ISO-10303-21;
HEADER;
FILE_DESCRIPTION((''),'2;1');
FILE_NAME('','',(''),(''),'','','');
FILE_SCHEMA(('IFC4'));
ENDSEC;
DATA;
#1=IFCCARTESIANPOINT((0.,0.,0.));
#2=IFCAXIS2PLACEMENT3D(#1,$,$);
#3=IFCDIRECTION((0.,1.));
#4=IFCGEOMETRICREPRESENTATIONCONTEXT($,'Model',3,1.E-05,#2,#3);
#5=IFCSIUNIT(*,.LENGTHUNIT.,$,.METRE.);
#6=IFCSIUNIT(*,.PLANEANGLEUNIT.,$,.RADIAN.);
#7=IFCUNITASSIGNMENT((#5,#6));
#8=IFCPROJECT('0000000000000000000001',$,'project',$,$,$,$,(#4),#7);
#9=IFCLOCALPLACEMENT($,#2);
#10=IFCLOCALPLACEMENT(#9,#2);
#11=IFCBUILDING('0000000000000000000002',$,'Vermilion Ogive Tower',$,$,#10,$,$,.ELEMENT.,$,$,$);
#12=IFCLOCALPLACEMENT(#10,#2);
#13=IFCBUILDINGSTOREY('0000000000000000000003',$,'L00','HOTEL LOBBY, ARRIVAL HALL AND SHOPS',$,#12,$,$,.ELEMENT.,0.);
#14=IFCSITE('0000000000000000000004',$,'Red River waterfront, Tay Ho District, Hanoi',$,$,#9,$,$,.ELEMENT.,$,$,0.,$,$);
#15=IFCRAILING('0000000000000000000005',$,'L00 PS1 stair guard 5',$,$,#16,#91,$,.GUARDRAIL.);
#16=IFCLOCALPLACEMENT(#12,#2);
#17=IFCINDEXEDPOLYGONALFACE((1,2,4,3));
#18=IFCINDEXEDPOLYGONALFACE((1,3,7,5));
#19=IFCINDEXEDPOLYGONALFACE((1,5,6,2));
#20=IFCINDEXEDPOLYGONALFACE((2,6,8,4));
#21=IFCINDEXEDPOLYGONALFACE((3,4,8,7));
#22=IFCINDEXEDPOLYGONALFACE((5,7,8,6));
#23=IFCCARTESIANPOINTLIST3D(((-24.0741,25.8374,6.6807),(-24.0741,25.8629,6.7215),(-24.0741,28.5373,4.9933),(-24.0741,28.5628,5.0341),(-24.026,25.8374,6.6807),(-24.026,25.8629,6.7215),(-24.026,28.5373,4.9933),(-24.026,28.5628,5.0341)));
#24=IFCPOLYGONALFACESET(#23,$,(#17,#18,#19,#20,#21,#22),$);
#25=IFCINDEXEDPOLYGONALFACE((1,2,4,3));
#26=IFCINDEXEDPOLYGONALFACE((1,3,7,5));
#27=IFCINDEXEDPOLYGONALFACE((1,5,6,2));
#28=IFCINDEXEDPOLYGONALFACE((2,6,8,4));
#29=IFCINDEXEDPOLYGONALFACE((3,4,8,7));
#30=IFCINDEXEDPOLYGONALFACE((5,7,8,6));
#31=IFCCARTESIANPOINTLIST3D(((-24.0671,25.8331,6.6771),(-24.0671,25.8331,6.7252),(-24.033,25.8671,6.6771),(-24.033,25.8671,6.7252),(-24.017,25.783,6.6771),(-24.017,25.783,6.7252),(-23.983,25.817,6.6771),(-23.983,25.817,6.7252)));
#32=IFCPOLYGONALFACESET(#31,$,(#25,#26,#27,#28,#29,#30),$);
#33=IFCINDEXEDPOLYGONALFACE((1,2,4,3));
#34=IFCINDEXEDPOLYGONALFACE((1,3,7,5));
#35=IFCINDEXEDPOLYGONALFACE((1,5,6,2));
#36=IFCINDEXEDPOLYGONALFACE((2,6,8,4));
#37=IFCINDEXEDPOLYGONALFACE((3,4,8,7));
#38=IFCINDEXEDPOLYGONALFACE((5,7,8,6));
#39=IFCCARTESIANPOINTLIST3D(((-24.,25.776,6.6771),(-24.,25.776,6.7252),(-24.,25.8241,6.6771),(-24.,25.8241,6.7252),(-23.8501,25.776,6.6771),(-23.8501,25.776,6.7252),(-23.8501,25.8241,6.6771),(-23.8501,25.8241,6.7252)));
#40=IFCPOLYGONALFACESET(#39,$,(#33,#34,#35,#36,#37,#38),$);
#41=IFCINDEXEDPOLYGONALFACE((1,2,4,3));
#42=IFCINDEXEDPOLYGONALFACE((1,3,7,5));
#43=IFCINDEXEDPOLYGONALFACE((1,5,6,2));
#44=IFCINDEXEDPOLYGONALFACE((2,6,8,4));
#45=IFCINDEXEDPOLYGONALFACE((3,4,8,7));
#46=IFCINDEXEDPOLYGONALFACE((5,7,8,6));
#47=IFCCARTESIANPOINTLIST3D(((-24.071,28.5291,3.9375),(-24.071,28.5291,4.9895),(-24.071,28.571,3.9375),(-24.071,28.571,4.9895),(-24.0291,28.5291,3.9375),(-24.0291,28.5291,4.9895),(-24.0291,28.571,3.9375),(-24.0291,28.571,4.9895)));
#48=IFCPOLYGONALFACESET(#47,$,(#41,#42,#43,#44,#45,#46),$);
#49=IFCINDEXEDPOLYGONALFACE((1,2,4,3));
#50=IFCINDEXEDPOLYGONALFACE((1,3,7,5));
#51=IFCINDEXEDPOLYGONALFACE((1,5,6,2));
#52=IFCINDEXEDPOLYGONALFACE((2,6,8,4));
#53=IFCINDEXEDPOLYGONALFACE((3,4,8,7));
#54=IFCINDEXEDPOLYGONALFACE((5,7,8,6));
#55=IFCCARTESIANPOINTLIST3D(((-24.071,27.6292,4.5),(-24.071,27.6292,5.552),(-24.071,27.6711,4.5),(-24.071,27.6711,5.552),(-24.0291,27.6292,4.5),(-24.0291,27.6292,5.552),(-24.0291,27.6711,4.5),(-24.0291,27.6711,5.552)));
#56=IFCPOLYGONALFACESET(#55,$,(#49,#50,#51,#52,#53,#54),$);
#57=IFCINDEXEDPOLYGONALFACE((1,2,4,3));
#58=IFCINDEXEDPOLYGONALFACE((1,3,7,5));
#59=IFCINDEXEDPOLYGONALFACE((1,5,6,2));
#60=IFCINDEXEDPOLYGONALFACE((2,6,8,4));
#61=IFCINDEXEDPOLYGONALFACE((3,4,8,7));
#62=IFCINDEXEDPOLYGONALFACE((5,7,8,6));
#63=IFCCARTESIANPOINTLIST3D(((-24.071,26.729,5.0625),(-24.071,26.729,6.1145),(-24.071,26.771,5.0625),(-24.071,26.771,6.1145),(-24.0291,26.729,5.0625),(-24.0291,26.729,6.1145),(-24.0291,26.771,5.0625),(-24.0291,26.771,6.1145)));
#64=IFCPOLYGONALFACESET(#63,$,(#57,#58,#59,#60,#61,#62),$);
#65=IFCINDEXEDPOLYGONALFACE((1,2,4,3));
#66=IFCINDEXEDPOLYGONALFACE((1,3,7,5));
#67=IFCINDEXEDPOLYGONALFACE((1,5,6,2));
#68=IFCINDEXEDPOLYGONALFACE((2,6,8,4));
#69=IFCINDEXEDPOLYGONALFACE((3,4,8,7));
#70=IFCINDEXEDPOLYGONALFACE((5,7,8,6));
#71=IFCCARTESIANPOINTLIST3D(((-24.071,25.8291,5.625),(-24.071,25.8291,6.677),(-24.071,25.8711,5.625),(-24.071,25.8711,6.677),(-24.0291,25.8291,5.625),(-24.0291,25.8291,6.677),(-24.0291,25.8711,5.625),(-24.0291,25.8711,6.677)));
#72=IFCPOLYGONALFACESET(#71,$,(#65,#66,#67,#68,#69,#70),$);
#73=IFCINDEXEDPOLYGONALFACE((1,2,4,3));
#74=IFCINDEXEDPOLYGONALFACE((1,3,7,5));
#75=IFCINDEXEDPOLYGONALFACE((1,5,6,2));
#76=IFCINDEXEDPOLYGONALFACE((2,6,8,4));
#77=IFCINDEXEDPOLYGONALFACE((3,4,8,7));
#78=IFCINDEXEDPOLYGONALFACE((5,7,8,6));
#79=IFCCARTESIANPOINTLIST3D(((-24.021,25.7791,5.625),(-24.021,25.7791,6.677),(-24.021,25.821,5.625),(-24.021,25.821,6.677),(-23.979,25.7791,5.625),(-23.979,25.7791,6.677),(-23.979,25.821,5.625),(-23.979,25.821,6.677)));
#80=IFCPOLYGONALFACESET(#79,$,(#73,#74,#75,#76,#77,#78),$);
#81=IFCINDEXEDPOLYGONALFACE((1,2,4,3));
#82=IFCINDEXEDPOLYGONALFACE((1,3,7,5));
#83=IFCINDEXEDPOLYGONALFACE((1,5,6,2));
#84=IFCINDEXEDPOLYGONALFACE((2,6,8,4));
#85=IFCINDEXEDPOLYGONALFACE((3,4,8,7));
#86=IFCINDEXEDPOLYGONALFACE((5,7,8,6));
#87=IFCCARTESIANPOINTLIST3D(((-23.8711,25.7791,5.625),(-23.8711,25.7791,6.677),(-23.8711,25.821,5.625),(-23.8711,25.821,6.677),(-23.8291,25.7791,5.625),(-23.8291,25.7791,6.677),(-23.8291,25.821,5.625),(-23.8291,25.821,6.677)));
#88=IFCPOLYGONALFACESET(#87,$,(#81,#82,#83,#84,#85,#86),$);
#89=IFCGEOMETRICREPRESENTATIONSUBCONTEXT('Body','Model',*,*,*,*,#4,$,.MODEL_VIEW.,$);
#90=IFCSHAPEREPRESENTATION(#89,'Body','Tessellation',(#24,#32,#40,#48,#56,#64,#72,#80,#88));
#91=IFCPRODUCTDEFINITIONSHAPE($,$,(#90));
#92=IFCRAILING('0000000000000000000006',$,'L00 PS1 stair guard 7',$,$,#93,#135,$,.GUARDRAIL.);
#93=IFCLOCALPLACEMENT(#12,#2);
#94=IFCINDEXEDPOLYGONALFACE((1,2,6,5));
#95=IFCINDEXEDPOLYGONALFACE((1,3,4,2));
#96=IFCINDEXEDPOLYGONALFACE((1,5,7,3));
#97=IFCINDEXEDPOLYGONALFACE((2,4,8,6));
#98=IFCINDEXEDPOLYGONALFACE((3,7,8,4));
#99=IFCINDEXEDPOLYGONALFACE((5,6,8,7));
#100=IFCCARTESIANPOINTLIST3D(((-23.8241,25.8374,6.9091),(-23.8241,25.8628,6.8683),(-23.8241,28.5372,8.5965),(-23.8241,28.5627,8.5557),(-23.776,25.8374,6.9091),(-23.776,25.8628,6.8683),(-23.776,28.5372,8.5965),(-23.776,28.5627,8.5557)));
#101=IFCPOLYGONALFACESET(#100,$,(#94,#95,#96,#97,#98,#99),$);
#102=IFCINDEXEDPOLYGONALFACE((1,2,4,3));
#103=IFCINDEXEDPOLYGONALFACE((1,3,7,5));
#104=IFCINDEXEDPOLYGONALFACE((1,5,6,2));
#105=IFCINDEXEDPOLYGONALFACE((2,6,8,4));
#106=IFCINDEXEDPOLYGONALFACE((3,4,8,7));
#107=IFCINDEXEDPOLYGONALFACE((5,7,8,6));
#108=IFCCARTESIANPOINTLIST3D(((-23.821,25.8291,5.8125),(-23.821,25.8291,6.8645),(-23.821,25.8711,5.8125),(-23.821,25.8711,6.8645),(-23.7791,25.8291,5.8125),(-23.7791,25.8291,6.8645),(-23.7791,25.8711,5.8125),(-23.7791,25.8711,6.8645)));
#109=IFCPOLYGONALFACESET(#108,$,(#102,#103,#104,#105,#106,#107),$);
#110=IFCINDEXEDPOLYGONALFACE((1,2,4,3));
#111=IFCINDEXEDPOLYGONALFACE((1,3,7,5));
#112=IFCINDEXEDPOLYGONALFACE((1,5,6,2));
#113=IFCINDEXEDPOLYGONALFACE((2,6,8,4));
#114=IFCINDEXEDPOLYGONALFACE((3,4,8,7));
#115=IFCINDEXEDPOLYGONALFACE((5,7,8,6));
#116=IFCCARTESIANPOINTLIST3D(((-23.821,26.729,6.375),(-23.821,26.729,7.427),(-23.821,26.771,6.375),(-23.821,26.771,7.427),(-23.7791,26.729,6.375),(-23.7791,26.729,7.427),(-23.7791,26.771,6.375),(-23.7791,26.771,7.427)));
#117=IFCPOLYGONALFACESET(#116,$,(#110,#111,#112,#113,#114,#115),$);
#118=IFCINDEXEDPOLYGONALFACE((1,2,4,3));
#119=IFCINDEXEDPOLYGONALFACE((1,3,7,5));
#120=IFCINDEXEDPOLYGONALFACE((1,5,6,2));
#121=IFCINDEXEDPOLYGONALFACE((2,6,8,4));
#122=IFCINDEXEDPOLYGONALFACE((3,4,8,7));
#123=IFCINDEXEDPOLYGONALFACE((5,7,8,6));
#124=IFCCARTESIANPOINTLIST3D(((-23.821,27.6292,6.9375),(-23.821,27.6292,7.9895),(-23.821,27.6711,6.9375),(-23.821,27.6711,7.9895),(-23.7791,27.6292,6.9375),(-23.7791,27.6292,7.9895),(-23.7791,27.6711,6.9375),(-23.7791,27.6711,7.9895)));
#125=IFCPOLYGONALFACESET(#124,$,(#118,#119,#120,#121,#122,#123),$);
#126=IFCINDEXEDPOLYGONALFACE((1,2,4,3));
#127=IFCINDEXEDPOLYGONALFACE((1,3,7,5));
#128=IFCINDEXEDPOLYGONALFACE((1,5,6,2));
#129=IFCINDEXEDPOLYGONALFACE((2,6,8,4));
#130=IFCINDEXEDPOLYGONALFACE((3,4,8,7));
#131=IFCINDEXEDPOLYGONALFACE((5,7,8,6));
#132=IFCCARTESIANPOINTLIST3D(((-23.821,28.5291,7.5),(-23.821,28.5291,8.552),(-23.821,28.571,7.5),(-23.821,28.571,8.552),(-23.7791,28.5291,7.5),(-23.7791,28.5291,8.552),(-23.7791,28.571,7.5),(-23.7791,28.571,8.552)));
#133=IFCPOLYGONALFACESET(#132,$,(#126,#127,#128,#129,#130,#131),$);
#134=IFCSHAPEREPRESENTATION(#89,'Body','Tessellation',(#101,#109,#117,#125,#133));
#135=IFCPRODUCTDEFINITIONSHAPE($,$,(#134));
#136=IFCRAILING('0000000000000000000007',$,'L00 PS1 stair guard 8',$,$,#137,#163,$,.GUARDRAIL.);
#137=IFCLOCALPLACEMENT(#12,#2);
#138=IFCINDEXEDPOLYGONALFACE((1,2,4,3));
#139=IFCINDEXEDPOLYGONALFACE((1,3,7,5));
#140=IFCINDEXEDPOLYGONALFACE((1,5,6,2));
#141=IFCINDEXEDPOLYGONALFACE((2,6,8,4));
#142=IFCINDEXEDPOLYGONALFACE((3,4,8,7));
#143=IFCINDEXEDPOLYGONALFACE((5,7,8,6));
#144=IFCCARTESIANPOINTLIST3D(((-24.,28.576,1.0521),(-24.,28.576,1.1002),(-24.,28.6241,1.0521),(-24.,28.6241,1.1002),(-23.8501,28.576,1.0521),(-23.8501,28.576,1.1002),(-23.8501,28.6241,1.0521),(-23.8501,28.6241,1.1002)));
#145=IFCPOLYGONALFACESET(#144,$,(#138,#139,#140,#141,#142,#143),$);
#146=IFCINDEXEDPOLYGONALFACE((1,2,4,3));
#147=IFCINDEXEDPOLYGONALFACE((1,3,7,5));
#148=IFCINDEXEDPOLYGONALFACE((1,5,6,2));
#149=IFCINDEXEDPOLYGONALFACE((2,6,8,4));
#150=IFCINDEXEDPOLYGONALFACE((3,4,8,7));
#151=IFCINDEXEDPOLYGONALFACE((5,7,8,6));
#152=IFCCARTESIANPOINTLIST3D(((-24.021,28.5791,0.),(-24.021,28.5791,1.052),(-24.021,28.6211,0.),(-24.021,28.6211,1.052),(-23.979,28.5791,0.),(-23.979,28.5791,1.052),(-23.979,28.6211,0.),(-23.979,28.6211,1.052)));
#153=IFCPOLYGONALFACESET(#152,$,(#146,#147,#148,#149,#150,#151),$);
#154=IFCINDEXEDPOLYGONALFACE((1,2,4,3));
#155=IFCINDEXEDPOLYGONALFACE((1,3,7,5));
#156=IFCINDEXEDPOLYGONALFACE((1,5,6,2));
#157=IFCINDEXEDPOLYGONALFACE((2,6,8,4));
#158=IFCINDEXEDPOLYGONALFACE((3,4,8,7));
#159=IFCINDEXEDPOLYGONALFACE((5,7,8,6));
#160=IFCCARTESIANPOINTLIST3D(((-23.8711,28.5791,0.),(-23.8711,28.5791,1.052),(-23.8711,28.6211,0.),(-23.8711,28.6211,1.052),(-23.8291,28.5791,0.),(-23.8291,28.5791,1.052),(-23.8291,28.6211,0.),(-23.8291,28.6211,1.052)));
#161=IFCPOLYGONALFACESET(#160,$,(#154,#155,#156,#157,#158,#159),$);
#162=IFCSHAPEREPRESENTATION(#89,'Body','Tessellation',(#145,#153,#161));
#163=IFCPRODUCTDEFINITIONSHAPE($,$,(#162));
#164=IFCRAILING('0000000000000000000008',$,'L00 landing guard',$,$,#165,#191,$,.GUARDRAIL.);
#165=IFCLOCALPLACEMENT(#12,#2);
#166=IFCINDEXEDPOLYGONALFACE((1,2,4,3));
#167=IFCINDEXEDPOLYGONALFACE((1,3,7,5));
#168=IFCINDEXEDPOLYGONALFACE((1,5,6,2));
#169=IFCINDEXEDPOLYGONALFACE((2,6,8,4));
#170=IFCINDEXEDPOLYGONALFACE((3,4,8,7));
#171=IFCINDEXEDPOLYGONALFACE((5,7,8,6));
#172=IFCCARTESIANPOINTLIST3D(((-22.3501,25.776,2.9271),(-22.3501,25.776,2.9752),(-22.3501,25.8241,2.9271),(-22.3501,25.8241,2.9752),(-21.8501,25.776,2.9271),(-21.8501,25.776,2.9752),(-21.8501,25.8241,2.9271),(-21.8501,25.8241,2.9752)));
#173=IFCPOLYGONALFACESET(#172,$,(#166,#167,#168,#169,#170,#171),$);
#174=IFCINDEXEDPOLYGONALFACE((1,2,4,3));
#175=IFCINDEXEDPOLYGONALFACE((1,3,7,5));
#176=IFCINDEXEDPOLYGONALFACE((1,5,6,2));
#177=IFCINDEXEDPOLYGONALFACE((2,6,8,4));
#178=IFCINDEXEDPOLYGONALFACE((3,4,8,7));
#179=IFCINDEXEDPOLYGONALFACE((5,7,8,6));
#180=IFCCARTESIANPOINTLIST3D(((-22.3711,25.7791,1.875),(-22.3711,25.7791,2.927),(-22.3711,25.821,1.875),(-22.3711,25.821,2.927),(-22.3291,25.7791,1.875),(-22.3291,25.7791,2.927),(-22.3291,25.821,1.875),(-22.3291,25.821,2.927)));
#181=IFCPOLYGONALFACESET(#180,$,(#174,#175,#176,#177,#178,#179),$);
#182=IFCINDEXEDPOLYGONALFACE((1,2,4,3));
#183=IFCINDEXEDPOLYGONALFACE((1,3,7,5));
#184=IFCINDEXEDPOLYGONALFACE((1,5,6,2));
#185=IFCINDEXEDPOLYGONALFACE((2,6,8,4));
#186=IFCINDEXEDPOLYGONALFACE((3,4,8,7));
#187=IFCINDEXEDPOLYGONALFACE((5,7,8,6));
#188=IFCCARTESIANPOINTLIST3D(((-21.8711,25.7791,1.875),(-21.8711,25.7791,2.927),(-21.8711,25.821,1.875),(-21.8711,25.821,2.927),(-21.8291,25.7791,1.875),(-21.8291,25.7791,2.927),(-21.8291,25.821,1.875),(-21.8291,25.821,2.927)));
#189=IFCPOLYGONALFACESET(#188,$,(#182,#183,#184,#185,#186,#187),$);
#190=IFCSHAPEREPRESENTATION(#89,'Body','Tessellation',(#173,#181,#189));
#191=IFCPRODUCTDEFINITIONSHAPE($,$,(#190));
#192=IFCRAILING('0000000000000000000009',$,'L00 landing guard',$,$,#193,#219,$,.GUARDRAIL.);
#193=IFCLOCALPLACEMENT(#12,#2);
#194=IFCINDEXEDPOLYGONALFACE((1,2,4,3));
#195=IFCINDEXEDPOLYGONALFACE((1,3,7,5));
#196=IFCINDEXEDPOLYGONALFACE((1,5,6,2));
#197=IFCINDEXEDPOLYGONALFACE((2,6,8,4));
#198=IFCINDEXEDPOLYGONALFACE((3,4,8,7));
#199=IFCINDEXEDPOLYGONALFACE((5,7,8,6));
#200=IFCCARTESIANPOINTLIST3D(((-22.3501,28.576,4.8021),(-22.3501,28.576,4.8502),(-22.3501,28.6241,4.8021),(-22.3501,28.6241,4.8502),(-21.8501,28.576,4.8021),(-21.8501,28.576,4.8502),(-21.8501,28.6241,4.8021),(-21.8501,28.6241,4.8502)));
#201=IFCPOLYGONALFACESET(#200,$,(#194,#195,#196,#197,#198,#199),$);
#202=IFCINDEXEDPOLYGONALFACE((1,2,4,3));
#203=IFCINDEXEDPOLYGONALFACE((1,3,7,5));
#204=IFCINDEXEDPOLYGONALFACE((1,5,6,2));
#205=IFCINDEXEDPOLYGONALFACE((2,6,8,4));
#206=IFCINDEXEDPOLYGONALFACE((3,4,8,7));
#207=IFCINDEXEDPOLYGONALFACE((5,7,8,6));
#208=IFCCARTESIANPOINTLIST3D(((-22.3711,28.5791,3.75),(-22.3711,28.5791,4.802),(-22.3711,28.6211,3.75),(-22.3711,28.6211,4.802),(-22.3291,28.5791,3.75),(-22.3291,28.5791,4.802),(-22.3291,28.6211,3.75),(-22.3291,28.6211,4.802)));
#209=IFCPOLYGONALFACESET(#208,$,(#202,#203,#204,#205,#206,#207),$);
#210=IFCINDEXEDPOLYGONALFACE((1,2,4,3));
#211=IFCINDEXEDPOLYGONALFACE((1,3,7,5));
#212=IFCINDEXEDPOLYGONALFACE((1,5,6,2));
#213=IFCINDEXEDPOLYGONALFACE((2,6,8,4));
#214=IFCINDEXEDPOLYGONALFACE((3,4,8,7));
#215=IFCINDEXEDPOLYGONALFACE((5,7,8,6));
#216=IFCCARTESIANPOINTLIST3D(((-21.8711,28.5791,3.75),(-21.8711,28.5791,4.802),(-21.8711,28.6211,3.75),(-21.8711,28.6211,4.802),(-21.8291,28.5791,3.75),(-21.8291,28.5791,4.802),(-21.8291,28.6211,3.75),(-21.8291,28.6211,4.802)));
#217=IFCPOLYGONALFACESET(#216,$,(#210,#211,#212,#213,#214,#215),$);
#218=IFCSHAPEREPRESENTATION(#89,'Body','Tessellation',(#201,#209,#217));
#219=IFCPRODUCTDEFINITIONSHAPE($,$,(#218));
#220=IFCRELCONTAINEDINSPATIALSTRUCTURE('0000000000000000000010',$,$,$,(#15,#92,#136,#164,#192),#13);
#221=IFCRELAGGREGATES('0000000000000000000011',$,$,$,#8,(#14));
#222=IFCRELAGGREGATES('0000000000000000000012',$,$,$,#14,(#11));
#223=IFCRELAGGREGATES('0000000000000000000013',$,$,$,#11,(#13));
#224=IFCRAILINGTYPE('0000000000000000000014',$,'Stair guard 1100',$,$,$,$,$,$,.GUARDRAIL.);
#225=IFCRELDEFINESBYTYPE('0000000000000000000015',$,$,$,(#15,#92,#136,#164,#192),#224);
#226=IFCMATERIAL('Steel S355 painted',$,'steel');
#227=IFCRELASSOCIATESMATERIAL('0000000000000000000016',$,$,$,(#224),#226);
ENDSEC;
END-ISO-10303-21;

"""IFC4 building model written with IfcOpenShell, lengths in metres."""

from ifc_helpers import new_model, si_unit, direction, frame, origin, origin_2d, place, context, subcontext, project, spatial, rectangle, extrude, material, type_object, element, save


model = new_model("IFC4")

# Units and contexts
model_context = context("Model", 3, precision=1e-05, world=origin(), true_north=direction((0.0, 1.0)))
body_context = subcontext(model_context, "Body", "Model", "MODEL_VIEW")
ifc_project = project(units=[si_unit("LENGTHUNIT", "METRE"), si_unit("PLANEANGLEUNIT", "RADIAN")], contexts=[model_context])

# Site, building, storey
site_placement = place(None, origin())
site = spatial("IfcSite", under=ifc_project, at=site_placement, Name="Red River waterfront, Tay Ho District, Hanoi", CompositionType="ELEMENT", RefElevation=0.0)
building_placement = place(site_placement, origin())
building = spatial("IfcBuilding", under=site, at=building_placement, Name="Vermilion Ogive Tower", CompositionType="ELEMENT")
storey_placement = place(building_placement, origin())
storey = spatial("IfcBuildingStorey", under=building, at=storey_placement, Name="L00", Description="HOTEL LOBBY, ARRIVAL HALL AND SHOPS", CompositionType="ELEMENT", Elevation=0.0)

# Railings
ifc_material_1 = material(Name="Steel S355 painted", Category="steel")
railing_type_1 = type_object("IfcRailingType", Name="Stair guard 1100", PredefinedType="GUARDRAIL", material=ifc_material_1)
railing_1_placement = place(storey_placement, frame((-24.05, 28.55, 3.9375)))
element("IfcRailing", 1, at=railing_1_placement, inside=storey, type_object=railing_type_1, Name="L00 PS1 stair guard 5", PredefinedType="GUARDRAIL", context=body_context, shape_type="SweptSolid", body=[
    extrude(rectangle(XDim=0.0481, YDim=0.0481, at=origin_2d()), frame((0.0, 0.0, 1.0762), z_axis=(0.0, -0.847994, 0.530006), x_axis=(1.0, 0.0, 0.0)), (0.0, 0.0, 1.0), 3.1838),
    extrude(rectangle(XDim=0.0481, YDim=0.0481, at=origin_2d()), frame((0.0, -2.7, 2.7637), z_axis=(0.707107, -0.707107, 0.0), x_axis=(0.707107, 0.707107, 0.0)), (0.0, 0.0, 1.0), 0.0708),
    extrude(rectangle(XDim=0.0481, YDim=0.0481, at=origin_2d()), frame((0.05, -2.75, 2.7637), z_axis=(1.0, 0.0, 0.0), x_axis=(0.0, 1.0, 0.0)), (0.0, 0.0, 1.0), 0.1499),
    extrude(rectangle(XDim=0.042, YDim=0.042, at=origin_2d()), origin(), (0.0, 0.0, 1.0), 1.052),
    extrude(rectangle(XDim=0.042, YDim=0.042, at=origin_2d()), frame((0.0, -0.8999, 0.5625)), (0.0, 0.0, 1.0), 1.052),
    extrude(rectangle(XDim=0.042, YDim=0.042, at=origin_2d()), frame((0.0, -1.8, 1.125)), (0.0, 0.0, 1.0), 1.052),
    extrude(rectangle(XDim=0.042, YDim=0.042, at=origin_2d()), frame((0.0, -2.7, 1.6875)), (0.0, 0.0, 1.0), 1.052),
    extrude(rectangle(XDim=0.042, YDim=0.042, at=origin_2d()), frame((0.05, -2.75, 1.6875)), (0.0, 0.0, 1.0), 1.052),
    extrude(rectangle(XDim=0.042, YDim=0.042, at=origin_2d()), frame((0.2, -2.75, 1.6875)), (0.0, 0.0, 1.0), 1.052),
])
railing_2_placement = place(storey_placement, frame((-23.8, 25.8501, 5.8125)))
element("IfcRailing", 2, at=railing_2_placement, inside=storey, type_object=railing_type_1, Name="L00 PS1 stair guard 7", PredefinedType="GUARDRAIL", context=body_context, shape_type="SweptSolid", body=[
    extrude(rectangle(XDim=0.0481, YDim=0.0481, at=origin_2d()), frame((0.0, 0.0, 1.0762), z_axis=(0.0, 0.847994, 0.530006), x_axis=(-1.0, 0.0, 0.0)), (0.0, 0.0, 1.0), 3.1838),
    extrude(rectangle(XDim=0.042, YDim=0.042, at=origin_2d()), origin(), (0.0, 0.0, 1.0), 1.052),
    extrude(rectangle(XDim=0.042, YDim=0.042, at=origin_2d()), frame((0.0, 0.8999, 0.5625)), (0.0, 0.0, 1.0), 1.052),
    extrude(rectangle(XDim=0.042, YDim=0.042, at=origin_2d()), frame((0.0, 1.8, 1.125)), (0.0, 0.0, 1.0), 1.052),
    extrude(rectangle(XDim=0.042, YDim=0.042, at=origin_2d()), frame((0.0, 2.7, 1.6875)), (0.0, 0.0, 1.0), 1.052),
])
railing_3_placement = place(storey_placement, frame((-24.0, 28.6001, 0.0)))
element("IfcRailing", 3, at=railing_3_placement, inside=storey, type_object=railing_type_1, Name="L00 PS1 stair guard 8", PredefinedType="GUARDRAIL", context=body_context, shape_type="SweptSolid", body=[
    extrude(rectangle(XDim=0.0481, YDim=0.0481, at=origin_2d()), frame((0.0, 0.0, 1.0762), z_axis=(1.0, 0.0, 0.0), x_axis=(0.0, 1.0, 0.0)), (0.0, 0.0, 1.0), 0.1499),
    extrude(rectangle(XDim=0.042, YDim=0.042, at=origin_2d()), origin(), (0.0, 0.0, 1.0), 1.052),
    extrude(rectangle(XDim=0.042, YDim=0.042, at=origin_2d()), frame((0.1499, 0.0, 0.0)), (0.0, 0.0, 1.0), 1.052),
])
for number, where, name in (
    (4, (-22.3501, 25.8, 1.875), "L00 landing guard"),
    (5, (-22.3501, 28.6001, 3.75), "L00 landing guard"),
):
    element("IfcRailing", number, at=place(storey_placement, frame(where)), inside=storey, type_object=railing_type_1, Name=name, PredefinedType="GUARDRAIL", context=body_context, shape_type="SweptSolid", body=[
        extrude(rectangle(XDim=0.0481, YDim=0.0481, at=origin_2d()), frame((0.0, 0.0, 1.0762), z_axis=(1.0, 0.0, 0.0), x_axis=(0.0, 1.0, 0.0)), (0.0, 0.0, 1.0), 0.5),
        extrude(rectangle(XDim=0.042, YDim=0.042, at=origin_2d()), origin(), (0.0, 0.0, 1.0), 1.052),
        extrude(rectangle(XDim=0.042, YDim=0.042, at=origin_2d()), frame((0.5, 0.0, 0.0)), (0.0, 0.0, 1.0), 1.052),
    ])

save(model, "model.ifc")
